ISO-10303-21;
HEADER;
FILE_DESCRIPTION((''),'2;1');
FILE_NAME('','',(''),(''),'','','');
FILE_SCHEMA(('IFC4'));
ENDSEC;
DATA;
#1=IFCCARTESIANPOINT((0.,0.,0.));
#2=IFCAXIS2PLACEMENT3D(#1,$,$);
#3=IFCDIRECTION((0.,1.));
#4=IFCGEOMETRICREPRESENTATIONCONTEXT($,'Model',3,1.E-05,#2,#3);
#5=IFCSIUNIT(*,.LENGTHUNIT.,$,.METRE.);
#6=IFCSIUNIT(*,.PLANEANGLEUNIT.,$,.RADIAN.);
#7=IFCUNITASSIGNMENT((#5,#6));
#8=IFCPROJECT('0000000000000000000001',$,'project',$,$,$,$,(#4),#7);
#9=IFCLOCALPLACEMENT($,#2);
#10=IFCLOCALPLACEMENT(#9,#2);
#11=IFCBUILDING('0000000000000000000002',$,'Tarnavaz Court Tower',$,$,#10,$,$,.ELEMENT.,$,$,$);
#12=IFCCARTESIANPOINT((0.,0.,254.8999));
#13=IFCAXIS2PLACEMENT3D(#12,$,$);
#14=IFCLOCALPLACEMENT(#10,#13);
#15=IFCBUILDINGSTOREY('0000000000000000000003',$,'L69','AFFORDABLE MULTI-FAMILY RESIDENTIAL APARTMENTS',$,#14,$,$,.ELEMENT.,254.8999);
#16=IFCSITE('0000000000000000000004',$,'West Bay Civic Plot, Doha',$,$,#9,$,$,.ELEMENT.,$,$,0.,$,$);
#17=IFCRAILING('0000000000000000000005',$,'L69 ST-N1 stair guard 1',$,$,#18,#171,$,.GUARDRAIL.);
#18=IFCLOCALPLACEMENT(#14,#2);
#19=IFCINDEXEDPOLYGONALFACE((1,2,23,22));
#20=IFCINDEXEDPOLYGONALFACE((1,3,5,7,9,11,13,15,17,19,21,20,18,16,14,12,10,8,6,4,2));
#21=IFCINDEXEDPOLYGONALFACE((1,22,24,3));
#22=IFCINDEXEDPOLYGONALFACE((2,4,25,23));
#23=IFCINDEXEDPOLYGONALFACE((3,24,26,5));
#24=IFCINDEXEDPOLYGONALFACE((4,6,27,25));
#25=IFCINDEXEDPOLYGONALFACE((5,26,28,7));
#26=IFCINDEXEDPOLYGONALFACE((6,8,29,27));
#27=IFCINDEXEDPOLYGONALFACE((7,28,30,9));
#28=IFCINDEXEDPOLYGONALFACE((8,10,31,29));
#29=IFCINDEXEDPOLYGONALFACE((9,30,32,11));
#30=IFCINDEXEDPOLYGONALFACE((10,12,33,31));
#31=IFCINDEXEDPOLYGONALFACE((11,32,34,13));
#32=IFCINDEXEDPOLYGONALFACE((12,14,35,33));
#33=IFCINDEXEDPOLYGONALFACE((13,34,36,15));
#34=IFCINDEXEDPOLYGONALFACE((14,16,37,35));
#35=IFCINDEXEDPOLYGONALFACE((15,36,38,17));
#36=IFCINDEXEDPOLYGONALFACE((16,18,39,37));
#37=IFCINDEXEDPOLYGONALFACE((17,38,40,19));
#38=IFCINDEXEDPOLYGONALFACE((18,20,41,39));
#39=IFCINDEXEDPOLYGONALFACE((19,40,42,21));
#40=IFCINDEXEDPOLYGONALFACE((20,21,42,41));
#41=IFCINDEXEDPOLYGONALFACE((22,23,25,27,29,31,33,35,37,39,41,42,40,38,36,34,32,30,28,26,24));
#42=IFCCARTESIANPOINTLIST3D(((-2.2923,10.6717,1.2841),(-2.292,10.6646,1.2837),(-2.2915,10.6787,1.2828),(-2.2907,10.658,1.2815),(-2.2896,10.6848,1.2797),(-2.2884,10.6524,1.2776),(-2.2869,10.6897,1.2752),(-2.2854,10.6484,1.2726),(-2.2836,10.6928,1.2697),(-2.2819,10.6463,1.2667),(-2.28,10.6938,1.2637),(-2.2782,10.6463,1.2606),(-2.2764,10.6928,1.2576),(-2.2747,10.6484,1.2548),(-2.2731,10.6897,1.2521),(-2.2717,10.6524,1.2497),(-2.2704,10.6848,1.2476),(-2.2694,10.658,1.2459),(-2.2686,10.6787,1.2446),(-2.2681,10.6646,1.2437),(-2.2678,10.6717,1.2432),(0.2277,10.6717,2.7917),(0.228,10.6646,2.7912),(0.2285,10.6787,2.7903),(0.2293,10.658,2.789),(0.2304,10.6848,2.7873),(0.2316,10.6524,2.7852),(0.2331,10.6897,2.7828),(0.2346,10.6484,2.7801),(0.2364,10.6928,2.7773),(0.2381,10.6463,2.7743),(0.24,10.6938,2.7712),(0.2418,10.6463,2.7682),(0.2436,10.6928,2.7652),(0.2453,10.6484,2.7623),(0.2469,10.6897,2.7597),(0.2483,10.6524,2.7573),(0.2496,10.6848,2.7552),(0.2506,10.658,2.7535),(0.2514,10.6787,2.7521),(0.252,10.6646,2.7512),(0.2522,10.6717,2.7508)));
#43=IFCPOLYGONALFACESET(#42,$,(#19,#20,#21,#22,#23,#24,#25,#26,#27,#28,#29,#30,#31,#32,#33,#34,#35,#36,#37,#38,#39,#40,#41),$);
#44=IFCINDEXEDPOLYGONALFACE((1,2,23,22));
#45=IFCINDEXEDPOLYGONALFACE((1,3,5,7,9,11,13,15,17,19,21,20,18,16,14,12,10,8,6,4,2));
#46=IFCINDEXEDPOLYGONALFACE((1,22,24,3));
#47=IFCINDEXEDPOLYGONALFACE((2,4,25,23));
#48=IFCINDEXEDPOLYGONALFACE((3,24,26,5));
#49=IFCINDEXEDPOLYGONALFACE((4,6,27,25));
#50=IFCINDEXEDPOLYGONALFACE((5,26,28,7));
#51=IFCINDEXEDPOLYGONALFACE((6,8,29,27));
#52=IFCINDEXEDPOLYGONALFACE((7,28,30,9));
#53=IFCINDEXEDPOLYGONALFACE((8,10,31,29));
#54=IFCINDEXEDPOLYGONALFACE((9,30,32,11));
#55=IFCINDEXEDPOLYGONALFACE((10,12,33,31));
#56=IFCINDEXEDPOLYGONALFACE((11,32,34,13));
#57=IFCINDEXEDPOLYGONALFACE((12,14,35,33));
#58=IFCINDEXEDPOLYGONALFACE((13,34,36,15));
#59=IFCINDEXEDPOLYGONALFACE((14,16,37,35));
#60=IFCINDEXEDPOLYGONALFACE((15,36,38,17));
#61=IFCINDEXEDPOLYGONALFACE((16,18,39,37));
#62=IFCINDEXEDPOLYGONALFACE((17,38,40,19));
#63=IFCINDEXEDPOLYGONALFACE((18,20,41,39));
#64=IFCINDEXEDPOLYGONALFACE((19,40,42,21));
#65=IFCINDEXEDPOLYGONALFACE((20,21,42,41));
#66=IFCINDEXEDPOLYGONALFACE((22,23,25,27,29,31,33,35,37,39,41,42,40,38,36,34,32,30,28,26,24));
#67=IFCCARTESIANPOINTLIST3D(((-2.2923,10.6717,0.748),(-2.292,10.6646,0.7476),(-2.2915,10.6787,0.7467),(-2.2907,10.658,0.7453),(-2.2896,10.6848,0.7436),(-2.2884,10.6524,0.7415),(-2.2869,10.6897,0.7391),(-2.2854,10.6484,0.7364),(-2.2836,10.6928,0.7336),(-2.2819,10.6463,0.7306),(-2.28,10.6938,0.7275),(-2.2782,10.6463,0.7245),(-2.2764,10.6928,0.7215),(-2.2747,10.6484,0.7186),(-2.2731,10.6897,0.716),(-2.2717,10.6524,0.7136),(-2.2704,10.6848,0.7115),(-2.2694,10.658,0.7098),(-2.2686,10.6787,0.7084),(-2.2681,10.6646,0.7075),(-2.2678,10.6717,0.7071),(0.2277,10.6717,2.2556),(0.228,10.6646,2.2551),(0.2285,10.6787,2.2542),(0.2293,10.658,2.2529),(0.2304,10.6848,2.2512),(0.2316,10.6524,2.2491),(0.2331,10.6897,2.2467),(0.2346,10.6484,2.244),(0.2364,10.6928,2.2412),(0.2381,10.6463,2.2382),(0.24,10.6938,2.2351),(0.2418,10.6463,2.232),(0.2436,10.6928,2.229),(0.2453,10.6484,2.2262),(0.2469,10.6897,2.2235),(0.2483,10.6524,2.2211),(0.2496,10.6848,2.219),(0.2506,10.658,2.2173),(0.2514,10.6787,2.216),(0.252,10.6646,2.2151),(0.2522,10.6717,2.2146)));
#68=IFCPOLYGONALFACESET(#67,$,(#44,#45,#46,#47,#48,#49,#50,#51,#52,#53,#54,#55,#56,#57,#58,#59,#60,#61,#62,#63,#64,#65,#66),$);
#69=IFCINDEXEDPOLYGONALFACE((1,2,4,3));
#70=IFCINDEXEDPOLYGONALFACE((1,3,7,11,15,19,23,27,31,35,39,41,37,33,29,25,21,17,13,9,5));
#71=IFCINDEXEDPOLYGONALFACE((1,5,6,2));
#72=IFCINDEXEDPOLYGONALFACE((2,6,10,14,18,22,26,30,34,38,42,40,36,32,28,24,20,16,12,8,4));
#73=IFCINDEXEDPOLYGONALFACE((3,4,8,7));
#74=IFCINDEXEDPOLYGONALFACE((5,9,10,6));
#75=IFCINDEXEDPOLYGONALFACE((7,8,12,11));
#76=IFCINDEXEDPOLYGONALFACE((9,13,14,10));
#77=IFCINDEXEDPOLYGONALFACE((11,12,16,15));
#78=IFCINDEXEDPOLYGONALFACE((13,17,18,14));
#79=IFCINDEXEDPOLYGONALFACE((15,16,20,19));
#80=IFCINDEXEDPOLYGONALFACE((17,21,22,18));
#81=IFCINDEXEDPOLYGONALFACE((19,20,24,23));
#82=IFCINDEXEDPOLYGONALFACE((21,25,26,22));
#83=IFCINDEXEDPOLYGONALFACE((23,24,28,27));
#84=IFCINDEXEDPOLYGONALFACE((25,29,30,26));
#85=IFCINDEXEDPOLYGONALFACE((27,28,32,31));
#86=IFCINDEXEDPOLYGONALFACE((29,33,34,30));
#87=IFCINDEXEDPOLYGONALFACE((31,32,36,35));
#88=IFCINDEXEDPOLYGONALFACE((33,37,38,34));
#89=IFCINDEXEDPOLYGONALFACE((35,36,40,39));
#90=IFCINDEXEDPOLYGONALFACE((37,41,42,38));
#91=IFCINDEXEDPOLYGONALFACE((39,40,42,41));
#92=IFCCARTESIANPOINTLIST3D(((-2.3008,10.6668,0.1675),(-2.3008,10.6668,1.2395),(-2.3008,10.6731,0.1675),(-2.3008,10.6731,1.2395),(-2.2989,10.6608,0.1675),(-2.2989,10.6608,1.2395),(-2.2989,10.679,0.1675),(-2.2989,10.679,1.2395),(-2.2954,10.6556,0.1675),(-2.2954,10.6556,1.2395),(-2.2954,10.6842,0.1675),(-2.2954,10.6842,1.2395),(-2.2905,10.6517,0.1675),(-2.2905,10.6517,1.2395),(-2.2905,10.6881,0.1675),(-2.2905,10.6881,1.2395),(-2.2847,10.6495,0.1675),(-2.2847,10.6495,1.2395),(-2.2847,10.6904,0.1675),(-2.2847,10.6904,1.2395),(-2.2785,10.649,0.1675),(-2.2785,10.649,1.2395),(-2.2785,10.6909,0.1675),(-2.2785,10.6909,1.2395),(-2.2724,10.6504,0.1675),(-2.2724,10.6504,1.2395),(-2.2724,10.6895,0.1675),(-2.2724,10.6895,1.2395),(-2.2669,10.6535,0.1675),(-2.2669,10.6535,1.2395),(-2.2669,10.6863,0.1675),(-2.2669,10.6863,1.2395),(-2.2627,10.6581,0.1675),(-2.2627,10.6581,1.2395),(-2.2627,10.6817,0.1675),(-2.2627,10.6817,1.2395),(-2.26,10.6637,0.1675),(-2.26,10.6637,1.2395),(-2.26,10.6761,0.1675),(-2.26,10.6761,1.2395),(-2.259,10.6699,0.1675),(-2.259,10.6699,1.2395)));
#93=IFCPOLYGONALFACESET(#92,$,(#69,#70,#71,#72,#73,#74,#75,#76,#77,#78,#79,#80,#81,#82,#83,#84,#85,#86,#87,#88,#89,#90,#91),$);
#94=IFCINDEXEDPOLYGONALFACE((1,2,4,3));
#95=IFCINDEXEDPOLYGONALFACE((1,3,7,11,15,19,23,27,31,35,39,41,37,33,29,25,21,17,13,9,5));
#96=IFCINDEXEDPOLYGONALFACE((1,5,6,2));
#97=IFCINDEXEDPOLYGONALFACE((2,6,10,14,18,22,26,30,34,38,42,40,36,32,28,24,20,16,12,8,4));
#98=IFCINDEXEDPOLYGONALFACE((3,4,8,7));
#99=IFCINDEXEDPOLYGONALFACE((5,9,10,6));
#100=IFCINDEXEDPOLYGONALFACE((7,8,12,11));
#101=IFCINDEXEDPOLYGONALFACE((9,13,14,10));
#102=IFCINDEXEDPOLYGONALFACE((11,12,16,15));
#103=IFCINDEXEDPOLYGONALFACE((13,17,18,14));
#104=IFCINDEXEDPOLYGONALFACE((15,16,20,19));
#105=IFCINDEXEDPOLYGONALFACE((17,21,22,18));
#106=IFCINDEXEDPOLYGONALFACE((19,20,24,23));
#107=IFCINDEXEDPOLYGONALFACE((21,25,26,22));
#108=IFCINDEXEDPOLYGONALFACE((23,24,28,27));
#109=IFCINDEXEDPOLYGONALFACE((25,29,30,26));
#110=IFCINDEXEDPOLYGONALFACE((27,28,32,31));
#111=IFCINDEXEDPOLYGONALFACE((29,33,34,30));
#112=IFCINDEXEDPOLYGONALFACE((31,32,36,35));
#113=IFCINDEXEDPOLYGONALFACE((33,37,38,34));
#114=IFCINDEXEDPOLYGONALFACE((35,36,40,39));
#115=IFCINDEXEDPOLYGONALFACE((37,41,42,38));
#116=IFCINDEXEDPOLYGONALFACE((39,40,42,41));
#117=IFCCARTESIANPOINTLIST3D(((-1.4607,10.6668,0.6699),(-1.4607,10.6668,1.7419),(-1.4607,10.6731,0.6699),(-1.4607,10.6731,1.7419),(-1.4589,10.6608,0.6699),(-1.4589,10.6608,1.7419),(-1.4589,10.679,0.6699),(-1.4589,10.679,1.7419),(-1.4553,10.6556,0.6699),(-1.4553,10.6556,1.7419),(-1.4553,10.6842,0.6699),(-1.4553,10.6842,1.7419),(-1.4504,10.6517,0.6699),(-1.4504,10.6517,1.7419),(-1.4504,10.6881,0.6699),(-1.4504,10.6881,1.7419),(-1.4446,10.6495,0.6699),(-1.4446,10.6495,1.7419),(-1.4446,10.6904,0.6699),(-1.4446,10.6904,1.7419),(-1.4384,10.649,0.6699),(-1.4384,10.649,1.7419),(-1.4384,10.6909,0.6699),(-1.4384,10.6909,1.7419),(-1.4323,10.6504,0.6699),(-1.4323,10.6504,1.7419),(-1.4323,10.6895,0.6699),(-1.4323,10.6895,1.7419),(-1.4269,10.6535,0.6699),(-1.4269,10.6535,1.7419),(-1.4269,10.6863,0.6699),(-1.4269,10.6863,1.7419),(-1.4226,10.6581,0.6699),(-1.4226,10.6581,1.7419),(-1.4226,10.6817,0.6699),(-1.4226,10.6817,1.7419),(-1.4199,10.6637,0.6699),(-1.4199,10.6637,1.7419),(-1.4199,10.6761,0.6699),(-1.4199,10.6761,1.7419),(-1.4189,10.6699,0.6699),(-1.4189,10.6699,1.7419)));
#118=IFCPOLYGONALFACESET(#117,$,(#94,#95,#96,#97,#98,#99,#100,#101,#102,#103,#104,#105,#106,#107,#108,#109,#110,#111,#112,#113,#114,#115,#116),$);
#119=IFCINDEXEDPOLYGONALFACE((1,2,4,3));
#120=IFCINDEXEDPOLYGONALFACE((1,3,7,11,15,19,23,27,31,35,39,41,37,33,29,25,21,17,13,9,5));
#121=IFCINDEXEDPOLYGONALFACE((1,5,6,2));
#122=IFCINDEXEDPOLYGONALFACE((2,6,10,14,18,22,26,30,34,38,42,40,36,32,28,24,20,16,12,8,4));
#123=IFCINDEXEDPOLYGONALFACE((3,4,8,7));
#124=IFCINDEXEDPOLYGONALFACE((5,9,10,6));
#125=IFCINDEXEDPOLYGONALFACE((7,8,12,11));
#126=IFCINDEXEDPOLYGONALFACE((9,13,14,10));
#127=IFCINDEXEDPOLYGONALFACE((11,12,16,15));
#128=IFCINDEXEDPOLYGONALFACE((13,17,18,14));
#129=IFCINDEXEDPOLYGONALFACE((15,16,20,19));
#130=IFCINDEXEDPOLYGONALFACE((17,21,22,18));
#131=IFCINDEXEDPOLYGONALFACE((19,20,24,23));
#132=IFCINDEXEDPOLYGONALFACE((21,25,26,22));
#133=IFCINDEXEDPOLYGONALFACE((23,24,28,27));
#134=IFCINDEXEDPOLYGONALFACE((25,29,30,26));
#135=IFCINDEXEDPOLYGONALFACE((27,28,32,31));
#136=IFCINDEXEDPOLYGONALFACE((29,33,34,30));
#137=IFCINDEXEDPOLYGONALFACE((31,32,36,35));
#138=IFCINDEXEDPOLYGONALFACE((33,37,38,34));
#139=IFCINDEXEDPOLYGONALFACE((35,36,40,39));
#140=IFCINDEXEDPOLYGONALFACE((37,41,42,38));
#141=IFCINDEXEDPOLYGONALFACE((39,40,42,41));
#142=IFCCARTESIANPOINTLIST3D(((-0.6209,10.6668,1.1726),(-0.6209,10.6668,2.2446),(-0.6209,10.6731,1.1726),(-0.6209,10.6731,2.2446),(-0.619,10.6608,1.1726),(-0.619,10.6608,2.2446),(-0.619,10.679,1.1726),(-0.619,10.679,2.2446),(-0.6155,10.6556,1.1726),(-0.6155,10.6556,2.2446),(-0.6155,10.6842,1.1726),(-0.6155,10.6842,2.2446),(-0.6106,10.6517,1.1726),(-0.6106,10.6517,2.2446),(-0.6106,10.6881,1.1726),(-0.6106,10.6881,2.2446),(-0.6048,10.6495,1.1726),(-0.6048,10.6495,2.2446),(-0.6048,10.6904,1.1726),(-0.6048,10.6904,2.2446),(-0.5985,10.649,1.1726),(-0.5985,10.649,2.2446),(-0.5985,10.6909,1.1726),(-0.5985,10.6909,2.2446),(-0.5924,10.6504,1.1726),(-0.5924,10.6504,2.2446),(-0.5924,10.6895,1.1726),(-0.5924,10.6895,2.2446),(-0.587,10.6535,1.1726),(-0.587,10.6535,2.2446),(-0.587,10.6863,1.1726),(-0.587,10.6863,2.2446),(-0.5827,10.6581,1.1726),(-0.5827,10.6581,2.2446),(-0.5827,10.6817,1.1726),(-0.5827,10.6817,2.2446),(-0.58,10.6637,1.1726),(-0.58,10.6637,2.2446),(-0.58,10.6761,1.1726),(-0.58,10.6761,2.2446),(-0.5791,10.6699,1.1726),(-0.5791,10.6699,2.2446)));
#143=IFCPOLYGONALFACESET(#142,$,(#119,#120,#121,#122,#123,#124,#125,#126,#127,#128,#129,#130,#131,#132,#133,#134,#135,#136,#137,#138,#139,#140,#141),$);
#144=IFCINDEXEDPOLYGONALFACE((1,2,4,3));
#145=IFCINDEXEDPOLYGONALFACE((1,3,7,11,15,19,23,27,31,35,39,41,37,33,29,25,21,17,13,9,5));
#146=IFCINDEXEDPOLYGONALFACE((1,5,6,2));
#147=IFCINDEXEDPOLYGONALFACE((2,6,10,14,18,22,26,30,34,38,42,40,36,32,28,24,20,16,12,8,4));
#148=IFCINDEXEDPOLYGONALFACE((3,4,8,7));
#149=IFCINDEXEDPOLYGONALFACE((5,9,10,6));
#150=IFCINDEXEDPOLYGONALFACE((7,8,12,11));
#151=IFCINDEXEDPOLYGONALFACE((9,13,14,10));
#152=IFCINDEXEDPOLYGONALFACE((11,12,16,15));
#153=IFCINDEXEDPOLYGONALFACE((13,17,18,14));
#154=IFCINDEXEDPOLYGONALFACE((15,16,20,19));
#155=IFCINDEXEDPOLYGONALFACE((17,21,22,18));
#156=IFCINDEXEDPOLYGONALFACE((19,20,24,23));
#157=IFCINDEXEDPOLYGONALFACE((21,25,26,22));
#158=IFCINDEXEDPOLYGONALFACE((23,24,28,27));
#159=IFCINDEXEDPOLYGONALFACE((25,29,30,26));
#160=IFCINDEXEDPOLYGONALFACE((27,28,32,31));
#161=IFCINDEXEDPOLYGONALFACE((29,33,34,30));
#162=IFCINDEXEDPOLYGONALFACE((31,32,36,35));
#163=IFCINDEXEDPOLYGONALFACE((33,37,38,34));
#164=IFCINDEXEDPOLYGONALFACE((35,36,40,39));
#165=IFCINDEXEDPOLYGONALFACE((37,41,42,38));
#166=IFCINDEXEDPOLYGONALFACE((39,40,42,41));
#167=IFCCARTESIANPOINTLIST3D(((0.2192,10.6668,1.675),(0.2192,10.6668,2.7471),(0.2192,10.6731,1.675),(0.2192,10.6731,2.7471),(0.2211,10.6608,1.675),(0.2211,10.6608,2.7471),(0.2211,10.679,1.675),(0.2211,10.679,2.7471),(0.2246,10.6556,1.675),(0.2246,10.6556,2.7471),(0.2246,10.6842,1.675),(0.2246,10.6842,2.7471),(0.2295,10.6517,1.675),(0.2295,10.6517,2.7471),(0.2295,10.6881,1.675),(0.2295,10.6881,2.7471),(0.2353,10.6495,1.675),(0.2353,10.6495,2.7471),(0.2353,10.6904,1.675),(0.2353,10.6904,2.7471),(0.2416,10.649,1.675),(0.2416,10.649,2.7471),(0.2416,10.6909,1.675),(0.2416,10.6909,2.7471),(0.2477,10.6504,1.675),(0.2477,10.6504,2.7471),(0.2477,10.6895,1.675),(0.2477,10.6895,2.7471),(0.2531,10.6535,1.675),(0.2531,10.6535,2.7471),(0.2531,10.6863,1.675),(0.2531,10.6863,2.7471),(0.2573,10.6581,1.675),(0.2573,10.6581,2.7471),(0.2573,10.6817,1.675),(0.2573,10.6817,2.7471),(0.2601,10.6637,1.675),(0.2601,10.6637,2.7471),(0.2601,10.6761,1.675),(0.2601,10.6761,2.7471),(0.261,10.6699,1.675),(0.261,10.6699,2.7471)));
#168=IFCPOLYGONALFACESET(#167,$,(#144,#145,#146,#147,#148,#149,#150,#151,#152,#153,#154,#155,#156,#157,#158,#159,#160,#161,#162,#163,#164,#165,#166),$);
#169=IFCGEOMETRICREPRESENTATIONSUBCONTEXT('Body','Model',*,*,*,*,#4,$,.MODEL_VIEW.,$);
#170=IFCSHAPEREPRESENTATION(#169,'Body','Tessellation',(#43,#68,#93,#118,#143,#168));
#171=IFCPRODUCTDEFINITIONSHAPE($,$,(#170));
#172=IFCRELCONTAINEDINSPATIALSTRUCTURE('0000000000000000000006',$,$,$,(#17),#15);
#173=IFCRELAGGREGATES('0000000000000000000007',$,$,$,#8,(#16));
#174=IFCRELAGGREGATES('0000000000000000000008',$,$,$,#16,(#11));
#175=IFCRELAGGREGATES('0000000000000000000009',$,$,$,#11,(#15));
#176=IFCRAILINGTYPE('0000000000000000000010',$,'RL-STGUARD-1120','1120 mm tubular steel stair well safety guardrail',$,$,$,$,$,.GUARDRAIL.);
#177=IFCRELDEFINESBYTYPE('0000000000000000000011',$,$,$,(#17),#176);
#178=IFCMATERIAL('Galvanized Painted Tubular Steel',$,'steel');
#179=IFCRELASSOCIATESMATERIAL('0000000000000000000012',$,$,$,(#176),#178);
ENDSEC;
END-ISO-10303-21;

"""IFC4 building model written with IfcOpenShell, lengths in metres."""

from ifc_helpers import new_model, si_unit, direction, frame, origin, origin_2d, place, context, subcontext, project, spatial, circle, extrude, material, type_object, element, save


model = new_model("IFC4")

# Units and contexts
model_context = context("Model", 3, precision=1e-05, world=origin(), true_north=direction((0.0, 1.0)))
body_context = subcontext(model_context, "Body", "Model", "MODEL_VIEW")
ifc_project = project(units=[si_unit("LENGTHUNIT", "METRE"), si_unit("PLANEANGLEUNIT", "RADIAN")], contexts=[model_context])

# Site, building, storey
site_placement = place(None, origin())
site = spatial("IfcSite", under=ifc_project, at=site_placement, Name="West Bay Civic Plot, Doha", CompositionType="ELEMENT", RefElevation=0.0)
building_placement = place(site_placement, origin())
building = spatial("IfcBuilding", under=site, at=building_placement, Name="Tarnavaz Court Tower", CompositionType="ELEMENT")
storey_placement = place(building_placement, frame((0.0, 0.0, 254.8999)))
storey = spatial("IfcBuildingStorey", under=building, at=storey_placement, Name="L69", Description="AFFORDABLE MULTI-FAMILY RESIDENTIAL APARTMENTS", CompositionType="ELEMENT", Elevation=254.8999)

# Railing
ifc_material_1 = material(Name="Galvanized Painted Tubular Steel", Category="steel")
railing_type_1 = type_object("IfcRailingType", Name="RL-STGUARD-1120", Description="1120 mm tubular steel stair well safety guardrail", PredefinedType="GUARDRAIL", material=ifc_material_1)
railing_1_placement = place(storey_placement, frame((-2.28, 10.6699, 0.1675)))
element("IfcRailing", 1, at=railing_1_placement, inside=storey, type_object=railing_type_1, Name="L69 ST-N1 stair guard 1", PredefinedType="GUARDRAIL", context=body_context, shape_type="SweptSolid", body=[
    extrude(circle(Radius=0.0239, at=origin_2d()), frame((0.0, 0.0, 1.0962), z_axis=(0.85816, 0.0, 0.513383), x_axis=(0.0, 1.0, 0.0)), (0.0, 0.0, 1.0), 2.9365),
    extrude(circle(Radius=0.0239, at=origin_2d()), frame((0.0, 0.0, 0.5601), z_axis=(0.85816, 0.0, 0.513383), x_axis=(0.0, 1.0, 0.0)), (0.0, 0.0, 1.0), 2.9365),
    extrude(circle(Radius=0.021, at=origin_2d()), origin(), (0.0, 0.0, 1.0), 1.072),
    extrude(circle(Radius=0.021, at=origin_2d()), frame((0.8401, 0.0, 0.5024)), (0.0, 0.0, 1.0), 1.072),
    extrude(circle(Radius=0.021, at=origin_2d()), frame((1.6799, 0.0, 1.0051)), (0.0, 0.0, 1.0), 1.072),
    extrude(circle(Radius=0.021, at=origin_2d()), frame((2.52, 0.0, 1.5076)), (0.0, 0.0, 1.0), 1.072),
])

save(model, "model.ifc")
